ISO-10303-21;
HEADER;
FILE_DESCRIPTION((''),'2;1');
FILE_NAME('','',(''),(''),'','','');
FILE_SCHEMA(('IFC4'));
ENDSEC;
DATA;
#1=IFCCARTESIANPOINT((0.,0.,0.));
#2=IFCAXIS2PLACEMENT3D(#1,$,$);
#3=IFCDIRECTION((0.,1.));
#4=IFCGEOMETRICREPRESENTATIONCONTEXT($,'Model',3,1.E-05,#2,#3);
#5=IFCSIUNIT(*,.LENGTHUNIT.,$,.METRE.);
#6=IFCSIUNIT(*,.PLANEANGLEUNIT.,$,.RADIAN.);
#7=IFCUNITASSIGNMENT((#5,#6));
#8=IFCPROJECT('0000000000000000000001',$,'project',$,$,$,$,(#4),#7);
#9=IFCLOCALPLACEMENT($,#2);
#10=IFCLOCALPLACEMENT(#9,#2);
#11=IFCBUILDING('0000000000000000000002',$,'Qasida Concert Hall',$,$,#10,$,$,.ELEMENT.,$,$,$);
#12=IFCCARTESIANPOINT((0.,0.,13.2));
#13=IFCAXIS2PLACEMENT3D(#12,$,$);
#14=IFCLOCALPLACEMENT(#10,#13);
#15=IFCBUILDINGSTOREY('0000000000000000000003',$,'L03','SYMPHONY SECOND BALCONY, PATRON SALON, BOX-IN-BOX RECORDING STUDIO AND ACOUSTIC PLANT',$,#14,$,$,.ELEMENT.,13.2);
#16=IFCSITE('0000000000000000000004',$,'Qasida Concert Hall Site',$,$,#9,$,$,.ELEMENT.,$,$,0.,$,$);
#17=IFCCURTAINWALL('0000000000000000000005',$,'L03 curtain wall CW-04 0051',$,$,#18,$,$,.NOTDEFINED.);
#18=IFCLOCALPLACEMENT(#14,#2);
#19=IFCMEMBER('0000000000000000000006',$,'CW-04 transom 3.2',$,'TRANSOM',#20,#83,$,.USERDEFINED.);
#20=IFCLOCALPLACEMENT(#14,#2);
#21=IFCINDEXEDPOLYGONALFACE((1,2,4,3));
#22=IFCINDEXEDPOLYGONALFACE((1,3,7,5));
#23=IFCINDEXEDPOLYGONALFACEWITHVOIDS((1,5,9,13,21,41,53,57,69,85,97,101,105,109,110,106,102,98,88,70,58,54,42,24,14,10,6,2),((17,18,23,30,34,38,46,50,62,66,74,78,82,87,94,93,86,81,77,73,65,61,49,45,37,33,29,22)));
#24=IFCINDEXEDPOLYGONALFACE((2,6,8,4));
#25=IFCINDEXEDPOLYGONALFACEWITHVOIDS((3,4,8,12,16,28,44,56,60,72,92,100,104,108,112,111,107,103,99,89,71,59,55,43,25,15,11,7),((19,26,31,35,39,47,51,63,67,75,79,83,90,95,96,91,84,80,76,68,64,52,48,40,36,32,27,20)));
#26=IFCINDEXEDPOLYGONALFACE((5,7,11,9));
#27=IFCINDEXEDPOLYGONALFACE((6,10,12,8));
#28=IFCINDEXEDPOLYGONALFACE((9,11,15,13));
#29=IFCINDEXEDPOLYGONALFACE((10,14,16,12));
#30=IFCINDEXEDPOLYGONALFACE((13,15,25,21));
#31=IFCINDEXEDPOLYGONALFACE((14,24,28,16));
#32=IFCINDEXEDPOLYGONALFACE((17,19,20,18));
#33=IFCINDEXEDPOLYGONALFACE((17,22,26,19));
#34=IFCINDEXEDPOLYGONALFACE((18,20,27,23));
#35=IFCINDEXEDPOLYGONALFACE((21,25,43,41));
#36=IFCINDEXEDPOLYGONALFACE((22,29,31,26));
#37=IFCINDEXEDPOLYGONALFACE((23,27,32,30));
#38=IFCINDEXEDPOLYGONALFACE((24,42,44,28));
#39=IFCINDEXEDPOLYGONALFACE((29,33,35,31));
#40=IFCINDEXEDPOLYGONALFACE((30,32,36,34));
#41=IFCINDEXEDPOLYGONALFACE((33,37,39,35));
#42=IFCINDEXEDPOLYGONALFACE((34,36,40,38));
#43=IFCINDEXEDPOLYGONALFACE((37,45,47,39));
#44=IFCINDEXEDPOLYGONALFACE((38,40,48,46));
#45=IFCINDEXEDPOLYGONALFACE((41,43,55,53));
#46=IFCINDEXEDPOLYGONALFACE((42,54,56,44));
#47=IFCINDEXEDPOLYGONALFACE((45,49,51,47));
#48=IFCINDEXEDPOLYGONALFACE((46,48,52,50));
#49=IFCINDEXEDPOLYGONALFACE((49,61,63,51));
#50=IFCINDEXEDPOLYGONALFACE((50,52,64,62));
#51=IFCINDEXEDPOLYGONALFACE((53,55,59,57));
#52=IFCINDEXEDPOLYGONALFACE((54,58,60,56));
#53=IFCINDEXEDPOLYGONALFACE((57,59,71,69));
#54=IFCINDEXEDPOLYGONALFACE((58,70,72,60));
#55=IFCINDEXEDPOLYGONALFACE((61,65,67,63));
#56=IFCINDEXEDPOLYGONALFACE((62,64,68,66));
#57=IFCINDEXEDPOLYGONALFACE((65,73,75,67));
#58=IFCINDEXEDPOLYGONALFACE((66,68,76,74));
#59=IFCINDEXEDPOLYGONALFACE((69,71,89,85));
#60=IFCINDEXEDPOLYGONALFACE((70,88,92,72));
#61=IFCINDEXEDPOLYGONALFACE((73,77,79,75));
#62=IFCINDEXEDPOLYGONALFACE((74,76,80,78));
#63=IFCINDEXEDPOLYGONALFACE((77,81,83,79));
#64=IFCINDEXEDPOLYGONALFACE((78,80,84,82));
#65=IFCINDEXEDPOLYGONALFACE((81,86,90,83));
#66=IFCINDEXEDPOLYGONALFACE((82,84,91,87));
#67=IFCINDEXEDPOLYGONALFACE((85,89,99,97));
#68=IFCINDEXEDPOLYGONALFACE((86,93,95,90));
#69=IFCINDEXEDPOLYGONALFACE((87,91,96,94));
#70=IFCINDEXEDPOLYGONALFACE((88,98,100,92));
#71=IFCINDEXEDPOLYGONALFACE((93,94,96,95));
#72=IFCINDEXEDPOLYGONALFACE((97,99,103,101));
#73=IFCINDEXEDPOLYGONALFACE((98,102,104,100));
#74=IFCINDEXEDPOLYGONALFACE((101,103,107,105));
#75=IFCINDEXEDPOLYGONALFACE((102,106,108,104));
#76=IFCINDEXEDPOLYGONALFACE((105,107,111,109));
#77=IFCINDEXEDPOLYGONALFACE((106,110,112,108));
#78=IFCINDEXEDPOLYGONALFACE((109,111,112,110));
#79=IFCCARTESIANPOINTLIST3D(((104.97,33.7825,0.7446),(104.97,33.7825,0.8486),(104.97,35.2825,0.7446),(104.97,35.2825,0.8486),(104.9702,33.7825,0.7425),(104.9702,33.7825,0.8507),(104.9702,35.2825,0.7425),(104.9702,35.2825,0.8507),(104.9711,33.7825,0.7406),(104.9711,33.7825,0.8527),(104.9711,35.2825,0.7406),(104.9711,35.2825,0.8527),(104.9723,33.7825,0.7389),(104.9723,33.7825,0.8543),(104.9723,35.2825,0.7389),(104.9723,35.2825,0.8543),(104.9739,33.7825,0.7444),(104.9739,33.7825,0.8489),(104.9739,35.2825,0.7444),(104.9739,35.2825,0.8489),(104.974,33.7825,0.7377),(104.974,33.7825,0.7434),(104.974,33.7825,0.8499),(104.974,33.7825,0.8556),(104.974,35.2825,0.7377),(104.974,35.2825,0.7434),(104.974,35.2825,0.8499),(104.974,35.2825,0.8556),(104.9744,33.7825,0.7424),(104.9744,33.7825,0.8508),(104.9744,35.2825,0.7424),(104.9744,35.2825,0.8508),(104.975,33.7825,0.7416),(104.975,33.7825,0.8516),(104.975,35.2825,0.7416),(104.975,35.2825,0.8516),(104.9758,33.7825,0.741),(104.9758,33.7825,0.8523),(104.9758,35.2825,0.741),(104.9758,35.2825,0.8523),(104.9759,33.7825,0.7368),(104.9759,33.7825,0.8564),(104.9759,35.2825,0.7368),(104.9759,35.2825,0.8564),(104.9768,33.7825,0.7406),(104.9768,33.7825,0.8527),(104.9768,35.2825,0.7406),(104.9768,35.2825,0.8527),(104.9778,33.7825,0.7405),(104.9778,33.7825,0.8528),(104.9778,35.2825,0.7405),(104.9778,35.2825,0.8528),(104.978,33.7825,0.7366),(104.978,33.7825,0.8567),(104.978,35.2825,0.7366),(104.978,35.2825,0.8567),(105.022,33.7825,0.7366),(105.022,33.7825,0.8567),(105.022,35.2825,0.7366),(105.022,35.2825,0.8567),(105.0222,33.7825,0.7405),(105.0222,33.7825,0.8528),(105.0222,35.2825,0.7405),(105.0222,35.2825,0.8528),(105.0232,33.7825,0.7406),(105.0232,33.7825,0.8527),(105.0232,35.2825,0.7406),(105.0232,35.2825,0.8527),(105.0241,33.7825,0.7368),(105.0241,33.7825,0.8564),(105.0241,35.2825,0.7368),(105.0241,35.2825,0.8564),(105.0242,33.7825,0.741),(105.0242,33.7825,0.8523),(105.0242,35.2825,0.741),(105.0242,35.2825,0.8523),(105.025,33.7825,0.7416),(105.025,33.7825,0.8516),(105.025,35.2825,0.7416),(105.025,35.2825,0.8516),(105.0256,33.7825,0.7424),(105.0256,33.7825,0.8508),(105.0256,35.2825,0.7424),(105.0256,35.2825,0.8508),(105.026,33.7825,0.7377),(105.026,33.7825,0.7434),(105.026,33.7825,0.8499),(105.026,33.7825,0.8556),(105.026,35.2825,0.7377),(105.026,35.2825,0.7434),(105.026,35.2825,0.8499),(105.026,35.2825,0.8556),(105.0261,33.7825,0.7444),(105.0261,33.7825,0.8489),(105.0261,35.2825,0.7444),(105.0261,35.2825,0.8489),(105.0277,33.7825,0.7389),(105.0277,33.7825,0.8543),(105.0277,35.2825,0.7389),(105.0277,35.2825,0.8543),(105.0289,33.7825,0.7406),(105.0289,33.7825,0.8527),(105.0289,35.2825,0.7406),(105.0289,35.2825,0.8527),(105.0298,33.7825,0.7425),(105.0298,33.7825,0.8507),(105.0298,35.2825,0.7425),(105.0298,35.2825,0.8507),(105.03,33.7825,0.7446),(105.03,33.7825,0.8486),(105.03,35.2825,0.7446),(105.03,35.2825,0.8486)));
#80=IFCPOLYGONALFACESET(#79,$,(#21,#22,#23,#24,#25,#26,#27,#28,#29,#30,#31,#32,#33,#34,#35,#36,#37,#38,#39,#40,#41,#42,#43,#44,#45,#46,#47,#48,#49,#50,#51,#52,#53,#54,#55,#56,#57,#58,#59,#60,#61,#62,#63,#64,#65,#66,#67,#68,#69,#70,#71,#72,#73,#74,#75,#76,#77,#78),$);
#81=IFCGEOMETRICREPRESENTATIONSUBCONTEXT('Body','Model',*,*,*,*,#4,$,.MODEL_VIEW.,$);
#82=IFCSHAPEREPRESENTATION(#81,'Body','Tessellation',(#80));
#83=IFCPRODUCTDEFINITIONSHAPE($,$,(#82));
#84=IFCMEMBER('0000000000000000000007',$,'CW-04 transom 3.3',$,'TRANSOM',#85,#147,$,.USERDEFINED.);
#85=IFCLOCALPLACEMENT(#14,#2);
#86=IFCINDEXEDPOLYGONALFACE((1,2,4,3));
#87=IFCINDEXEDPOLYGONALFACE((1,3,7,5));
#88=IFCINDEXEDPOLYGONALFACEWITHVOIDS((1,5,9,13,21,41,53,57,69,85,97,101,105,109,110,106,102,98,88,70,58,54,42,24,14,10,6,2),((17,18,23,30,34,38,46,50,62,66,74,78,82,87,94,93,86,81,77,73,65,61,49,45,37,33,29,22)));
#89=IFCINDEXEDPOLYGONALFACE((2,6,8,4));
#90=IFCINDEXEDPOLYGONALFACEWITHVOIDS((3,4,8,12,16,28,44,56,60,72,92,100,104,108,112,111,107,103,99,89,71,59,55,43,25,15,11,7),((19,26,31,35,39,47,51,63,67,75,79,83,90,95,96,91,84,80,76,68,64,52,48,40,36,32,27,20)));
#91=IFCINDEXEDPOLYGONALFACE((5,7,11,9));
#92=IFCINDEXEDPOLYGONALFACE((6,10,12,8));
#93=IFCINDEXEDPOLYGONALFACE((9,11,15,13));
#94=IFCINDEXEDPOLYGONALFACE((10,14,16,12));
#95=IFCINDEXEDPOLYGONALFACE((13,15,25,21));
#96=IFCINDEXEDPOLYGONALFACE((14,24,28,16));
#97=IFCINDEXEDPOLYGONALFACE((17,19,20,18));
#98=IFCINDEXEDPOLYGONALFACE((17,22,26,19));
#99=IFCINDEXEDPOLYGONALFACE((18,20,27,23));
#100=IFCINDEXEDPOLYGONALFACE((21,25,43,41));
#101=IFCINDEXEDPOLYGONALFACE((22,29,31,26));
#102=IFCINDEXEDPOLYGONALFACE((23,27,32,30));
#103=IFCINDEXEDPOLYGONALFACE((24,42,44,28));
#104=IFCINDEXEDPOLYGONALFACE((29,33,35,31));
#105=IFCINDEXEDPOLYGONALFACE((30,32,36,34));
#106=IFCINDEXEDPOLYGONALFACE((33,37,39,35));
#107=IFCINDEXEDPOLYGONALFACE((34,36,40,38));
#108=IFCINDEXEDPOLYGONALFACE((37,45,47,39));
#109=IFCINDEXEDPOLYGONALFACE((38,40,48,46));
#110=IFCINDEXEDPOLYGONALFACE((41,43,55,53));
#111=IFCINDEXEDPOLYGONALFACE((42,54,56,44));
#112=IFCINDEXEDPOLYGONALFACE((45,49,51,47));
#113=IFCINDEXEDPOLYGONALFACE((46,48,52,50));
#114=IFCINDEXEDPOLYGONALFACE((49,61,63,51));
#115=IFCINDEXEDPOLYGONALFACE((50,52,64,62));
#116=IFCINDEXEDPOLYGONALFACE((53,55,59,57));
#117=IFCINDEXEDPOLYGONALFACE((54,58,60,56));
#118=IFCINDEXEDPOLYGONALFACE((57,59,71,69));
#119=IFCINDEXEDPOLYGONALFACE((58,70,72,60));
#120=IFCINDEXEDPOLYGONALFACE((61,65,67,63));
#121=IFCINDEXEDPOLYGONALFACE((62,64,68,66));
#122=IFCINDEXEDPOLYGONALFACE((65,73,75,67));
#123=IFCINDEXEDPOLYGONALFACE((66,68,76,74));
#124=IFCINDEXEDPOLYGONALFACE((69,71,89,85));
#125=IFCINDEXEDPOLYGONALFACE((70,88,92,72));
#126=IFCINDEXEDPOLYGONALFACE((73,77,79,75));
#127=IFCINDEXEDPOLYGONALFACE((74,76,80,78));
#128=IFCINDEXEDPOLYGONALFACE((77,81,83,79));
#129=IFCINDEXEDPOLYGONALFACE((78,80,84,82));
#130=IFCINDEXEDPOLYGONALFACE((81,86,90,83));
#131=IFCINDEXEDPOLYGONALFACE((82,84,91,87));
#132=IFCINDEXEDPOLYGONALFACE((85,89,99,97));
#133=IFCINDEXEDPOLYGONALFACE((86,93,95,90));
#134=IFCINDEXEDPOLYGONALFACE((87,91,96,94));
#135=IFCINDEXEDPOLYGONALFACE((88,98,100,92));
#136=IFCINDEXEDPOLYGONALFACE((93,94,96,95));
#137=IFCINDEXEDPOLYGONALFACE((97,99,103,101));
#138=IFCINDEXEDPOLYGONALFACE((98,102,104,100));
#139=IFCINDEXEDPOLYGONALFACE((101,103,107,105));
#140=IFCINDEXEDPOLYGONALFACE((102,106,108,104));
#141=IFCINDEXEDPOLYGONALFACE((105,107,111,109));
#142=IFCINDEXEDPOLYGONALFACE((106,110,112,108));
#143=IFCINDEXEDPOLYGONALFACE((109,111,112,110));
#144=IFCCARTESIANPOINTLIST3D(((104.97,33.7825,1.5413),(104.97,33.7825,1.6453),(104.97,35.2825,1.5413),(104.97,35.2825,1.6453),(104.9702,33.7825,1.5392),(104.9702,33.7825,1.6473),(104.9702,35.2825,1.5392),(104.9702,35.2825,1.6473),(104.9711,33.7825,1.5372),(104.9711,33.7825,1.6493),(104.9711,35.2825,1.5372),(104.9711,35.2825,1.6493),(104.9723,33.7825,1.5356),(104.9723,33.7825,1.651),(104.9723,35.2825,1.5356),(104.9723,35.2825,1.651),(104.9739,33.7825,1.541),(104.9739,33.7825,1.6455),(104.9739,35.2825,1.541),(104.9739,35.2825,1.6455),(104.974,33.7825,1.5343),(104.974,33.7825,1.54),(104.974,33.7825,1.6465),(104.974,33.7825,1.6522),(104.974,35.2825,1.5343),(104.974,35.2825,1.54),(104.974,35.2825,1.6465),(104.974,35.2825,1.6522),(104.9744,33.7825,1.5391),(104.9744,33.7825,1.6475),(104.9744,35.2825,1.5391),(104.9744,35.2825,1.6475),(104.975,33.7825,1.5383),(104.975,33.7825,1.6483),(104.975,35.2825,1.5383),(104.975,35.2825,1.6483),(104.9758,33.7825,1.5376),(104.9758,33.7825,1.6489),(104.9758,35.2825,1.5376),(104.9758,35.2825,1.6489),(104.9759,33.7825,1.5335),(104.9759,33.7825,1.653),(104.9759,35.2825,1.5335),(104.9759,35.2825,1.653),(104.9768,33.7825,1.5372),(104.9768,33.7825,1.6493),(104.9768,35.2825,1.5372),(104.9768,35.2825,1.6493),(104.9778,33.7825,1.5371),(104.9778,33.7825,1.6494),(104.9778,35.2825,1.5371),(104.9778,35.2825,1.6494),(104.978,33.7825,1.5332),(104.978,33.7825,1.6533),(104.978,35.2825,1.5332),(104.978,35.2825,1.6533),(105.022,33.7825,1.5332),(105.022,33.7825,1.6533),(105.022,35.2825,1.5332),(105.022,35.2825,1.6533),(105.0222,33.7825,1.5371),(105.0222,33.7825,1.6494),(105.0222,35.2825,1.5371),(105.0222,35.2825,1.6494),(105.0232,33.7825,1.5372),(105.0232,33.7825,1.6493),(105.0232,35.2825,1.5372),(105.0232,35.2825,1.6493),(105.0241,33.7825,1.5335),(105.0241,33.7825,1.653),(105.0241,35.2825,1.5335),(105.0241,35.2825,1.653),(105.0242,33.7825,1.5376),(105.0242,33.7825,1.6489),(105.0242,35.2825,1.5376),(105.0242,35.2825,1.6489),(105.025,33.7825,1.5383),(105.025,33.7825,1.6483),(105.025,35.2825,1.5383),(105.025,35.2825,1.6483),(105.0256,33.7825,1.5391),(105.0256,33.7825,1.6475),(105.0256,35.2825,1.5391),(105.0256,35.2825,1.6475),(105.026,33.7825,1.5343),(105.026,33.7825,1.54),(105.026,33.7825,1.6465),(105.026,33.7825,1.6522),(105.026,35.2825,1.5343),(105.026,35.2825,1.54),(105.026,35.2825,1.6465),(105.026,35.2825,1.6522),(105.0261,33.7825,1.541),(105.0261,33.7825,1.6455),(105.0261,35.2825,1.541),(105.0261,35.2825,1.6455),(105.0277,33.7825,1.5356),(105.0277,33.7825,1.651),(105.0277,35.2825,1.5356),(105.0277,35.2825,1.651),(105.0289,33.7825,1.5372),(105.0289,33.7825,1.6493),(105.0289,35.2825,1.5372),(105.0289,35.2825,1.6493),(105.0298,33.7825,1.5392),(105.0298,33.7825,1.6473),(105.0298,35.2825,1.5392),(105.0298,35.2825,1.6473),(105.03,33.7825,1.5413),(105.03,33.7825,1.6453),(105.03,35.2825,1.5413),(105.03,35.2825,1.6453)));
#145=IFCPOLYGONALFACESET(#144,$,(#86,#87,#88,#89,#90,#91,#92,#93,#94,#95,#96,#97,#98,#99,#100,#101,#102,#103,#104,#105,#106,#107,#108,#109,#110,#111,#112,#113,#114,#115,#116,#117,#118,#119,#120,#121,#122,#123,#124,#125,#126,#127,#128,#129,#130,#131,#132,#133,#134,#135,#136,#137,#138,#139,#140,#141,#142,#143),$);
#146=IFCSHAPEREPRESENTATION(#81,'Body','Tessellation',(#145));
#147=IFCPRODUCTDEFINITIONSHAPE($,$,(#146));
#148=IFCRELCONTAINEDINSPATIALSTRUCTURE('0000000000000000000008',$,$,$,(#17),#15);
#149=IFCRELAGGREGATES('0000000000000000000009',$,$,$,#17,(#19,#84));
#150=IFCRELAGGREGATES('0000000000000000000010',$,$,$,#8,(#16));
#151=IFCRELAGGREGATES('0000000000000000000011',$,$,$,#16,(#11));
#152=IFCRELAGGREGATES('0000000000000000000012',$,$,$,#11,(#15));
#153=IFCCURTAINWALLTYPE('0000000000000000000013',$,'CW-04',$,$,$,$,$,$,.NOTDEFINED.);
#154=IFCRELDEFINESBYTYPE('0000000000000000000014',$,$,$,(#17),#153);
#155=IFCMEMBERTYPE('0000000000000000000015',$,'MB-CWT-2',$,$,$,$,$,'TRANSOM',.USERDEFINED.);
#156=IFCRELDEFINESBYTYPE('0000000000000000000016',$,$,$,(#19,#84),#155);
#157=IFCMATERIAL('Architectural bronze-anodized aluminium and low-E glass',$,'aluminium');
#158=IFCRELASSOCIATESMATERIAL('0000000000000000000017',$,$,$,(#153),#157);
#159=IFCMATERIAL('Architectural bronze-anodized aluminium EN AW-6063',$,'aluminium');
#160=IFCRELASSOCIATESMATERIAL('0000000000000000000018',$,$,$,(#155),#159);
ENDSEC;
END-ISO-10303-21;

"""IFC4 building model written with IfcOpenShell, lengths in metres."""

from ifc_helpers import new_model, si_unit, direction, frame, origin, origin_2d, place, context, subcontext, project, spatial, hollow_rectangle, extrude, material, material_profile, profile_set, type_object, element, aggregate, save


model = new_model("IFC4")

# Units and contexts
model_context = context("Model", 3, precision=1e-05, world=origin(), true_north=direction((0.0, 1.0)))
body_context = subcontext(model_context, "Body", "Model", "MODEL_VIEW")
ifc_project = project(units=[si_unit("LENGTHUNIT", "METRE"), si_unit("PLANEANGLEUNIT", "RADIAN")], contexts=[model_context])

# Site, building, storey
site_placement = place(None, origin())
site = spatial("IfcSite", under=ifc_project, at=site_placement, Name="Qasida Concert Hall Site", CompositionType="ELEMENT", RefElevation=0.0)
building_placement = place(site_placement, origin())
building = spatial("IfcBuilding", under=site, at=building_placement, Name="Qasida Concert Hall", CompositionType="ELEMENT")
storey_placement = place(building_placement, frame((0.0, 0.0, 13.2)))
storey = spatial("IfcBuildingStorey", under=building, at=storey_placement, Name="L03", Description="SYMPHONY SECOND BALCONY, PATRON SALON, BOX-IN-BOX RECORDING STUDIO AND ACOUSTIC PLANT", CompositionType="ELEMENT", Elevation=13.2)

# Curtain wall, members
ifc_material_1 = material(Name="Architectural bronze-anodized aluminium and low-E glass", Category="aluminium")
curtain_wall_type = type_object("IfcCurtainWallType", Name="CW-04", PredefinedType="NOTDEFINED", material=ifc_material_1)
curtain_wall_placement = place(storey_placement, origin())
curtain_wall = element("IfcCurtainWall", 1, at=curtain_wall_placement, inside=storey, type_object=curtain_wall_type, Name="L03 curtain wall CW-04 0051", PredefinedType="NOTDEFINED")
ifc_material_2 = material(Name="Architectural bronze-anodized aluminium EN AW-6063", Category="aluminium")
ifc_material_profile_1 = material_profile(ifc_material_2, hollow_rectangle(XDim=0.0601, YDim=0.1201, WallThickness=0.0039, InnerFilletRadius=0.0039, OuterFilletRadius=0.0081, at=origin_2d()), Name="CWT 120x60x4")
ifc_profile_set_1 = profile_set([ifc_material_profile_1], Name="Architectural bronze-anodized aluminium EN AW-6063")
member_type_1 = type_object("IfcMemberType", Name="MB-CWT-2", ElementType="TRANSOM", PredefinedType="USERDEFINED", material=ifc_profile_set_1)
member_1_placement = place(storey_placement, frame((105.0, 33.7825, 0.7966), z_axis=(0.0, 1.0, 0.0), x_axis=(-1.0, 0.0, 0.0)))
member_1 = element("IfcMember", 2, at=member_1_placement, type_object=member_type_1, Name="CW-04 transom 3.2", ObjectType="TRANSOM", PredefinedType="USERDEFINED", context=body_context, shape_type="SweptSolid", body=[
    extrude(hollow_rectangle(XDim=0.0601, YDim=0.1201, WallThickness=0.0039, InnerFilletRadius=0.0039, OuterFilletRadius=0.0081, at=origin_2d()), origin(), (0.0, 0.0, 1.0), 1.5),
])
member_2_placement = place(storey_placement, frame((105.0, 33.7825, 1.5933), z_axis=(0.0, 1.0, 0.0), x_axis=(-1.0, 0.0, 0.0)))
member_2 = element("IfcMember", 3, at=member_2_placement, type_object=member_type_1, Name="CW-04 transom 3.3", ObjectType="TRANSOM", PredefinedType="USERDEFINED", context=body_context, shape_type="SweptSolid", body=[
    extrude(hollow_rectangle(XDim=0.0601, YDim=0.1201, WallThickness=0.0039, InnerFilletRadius=0.0039, OuterFilletRadius=0.0081, at=origin_2d()), origin(), (0.0, 0.0, 1.0), 1.5),
])

aggregate(curtain_wall, [member_1, member_2])

save(model, "model.ifc")
